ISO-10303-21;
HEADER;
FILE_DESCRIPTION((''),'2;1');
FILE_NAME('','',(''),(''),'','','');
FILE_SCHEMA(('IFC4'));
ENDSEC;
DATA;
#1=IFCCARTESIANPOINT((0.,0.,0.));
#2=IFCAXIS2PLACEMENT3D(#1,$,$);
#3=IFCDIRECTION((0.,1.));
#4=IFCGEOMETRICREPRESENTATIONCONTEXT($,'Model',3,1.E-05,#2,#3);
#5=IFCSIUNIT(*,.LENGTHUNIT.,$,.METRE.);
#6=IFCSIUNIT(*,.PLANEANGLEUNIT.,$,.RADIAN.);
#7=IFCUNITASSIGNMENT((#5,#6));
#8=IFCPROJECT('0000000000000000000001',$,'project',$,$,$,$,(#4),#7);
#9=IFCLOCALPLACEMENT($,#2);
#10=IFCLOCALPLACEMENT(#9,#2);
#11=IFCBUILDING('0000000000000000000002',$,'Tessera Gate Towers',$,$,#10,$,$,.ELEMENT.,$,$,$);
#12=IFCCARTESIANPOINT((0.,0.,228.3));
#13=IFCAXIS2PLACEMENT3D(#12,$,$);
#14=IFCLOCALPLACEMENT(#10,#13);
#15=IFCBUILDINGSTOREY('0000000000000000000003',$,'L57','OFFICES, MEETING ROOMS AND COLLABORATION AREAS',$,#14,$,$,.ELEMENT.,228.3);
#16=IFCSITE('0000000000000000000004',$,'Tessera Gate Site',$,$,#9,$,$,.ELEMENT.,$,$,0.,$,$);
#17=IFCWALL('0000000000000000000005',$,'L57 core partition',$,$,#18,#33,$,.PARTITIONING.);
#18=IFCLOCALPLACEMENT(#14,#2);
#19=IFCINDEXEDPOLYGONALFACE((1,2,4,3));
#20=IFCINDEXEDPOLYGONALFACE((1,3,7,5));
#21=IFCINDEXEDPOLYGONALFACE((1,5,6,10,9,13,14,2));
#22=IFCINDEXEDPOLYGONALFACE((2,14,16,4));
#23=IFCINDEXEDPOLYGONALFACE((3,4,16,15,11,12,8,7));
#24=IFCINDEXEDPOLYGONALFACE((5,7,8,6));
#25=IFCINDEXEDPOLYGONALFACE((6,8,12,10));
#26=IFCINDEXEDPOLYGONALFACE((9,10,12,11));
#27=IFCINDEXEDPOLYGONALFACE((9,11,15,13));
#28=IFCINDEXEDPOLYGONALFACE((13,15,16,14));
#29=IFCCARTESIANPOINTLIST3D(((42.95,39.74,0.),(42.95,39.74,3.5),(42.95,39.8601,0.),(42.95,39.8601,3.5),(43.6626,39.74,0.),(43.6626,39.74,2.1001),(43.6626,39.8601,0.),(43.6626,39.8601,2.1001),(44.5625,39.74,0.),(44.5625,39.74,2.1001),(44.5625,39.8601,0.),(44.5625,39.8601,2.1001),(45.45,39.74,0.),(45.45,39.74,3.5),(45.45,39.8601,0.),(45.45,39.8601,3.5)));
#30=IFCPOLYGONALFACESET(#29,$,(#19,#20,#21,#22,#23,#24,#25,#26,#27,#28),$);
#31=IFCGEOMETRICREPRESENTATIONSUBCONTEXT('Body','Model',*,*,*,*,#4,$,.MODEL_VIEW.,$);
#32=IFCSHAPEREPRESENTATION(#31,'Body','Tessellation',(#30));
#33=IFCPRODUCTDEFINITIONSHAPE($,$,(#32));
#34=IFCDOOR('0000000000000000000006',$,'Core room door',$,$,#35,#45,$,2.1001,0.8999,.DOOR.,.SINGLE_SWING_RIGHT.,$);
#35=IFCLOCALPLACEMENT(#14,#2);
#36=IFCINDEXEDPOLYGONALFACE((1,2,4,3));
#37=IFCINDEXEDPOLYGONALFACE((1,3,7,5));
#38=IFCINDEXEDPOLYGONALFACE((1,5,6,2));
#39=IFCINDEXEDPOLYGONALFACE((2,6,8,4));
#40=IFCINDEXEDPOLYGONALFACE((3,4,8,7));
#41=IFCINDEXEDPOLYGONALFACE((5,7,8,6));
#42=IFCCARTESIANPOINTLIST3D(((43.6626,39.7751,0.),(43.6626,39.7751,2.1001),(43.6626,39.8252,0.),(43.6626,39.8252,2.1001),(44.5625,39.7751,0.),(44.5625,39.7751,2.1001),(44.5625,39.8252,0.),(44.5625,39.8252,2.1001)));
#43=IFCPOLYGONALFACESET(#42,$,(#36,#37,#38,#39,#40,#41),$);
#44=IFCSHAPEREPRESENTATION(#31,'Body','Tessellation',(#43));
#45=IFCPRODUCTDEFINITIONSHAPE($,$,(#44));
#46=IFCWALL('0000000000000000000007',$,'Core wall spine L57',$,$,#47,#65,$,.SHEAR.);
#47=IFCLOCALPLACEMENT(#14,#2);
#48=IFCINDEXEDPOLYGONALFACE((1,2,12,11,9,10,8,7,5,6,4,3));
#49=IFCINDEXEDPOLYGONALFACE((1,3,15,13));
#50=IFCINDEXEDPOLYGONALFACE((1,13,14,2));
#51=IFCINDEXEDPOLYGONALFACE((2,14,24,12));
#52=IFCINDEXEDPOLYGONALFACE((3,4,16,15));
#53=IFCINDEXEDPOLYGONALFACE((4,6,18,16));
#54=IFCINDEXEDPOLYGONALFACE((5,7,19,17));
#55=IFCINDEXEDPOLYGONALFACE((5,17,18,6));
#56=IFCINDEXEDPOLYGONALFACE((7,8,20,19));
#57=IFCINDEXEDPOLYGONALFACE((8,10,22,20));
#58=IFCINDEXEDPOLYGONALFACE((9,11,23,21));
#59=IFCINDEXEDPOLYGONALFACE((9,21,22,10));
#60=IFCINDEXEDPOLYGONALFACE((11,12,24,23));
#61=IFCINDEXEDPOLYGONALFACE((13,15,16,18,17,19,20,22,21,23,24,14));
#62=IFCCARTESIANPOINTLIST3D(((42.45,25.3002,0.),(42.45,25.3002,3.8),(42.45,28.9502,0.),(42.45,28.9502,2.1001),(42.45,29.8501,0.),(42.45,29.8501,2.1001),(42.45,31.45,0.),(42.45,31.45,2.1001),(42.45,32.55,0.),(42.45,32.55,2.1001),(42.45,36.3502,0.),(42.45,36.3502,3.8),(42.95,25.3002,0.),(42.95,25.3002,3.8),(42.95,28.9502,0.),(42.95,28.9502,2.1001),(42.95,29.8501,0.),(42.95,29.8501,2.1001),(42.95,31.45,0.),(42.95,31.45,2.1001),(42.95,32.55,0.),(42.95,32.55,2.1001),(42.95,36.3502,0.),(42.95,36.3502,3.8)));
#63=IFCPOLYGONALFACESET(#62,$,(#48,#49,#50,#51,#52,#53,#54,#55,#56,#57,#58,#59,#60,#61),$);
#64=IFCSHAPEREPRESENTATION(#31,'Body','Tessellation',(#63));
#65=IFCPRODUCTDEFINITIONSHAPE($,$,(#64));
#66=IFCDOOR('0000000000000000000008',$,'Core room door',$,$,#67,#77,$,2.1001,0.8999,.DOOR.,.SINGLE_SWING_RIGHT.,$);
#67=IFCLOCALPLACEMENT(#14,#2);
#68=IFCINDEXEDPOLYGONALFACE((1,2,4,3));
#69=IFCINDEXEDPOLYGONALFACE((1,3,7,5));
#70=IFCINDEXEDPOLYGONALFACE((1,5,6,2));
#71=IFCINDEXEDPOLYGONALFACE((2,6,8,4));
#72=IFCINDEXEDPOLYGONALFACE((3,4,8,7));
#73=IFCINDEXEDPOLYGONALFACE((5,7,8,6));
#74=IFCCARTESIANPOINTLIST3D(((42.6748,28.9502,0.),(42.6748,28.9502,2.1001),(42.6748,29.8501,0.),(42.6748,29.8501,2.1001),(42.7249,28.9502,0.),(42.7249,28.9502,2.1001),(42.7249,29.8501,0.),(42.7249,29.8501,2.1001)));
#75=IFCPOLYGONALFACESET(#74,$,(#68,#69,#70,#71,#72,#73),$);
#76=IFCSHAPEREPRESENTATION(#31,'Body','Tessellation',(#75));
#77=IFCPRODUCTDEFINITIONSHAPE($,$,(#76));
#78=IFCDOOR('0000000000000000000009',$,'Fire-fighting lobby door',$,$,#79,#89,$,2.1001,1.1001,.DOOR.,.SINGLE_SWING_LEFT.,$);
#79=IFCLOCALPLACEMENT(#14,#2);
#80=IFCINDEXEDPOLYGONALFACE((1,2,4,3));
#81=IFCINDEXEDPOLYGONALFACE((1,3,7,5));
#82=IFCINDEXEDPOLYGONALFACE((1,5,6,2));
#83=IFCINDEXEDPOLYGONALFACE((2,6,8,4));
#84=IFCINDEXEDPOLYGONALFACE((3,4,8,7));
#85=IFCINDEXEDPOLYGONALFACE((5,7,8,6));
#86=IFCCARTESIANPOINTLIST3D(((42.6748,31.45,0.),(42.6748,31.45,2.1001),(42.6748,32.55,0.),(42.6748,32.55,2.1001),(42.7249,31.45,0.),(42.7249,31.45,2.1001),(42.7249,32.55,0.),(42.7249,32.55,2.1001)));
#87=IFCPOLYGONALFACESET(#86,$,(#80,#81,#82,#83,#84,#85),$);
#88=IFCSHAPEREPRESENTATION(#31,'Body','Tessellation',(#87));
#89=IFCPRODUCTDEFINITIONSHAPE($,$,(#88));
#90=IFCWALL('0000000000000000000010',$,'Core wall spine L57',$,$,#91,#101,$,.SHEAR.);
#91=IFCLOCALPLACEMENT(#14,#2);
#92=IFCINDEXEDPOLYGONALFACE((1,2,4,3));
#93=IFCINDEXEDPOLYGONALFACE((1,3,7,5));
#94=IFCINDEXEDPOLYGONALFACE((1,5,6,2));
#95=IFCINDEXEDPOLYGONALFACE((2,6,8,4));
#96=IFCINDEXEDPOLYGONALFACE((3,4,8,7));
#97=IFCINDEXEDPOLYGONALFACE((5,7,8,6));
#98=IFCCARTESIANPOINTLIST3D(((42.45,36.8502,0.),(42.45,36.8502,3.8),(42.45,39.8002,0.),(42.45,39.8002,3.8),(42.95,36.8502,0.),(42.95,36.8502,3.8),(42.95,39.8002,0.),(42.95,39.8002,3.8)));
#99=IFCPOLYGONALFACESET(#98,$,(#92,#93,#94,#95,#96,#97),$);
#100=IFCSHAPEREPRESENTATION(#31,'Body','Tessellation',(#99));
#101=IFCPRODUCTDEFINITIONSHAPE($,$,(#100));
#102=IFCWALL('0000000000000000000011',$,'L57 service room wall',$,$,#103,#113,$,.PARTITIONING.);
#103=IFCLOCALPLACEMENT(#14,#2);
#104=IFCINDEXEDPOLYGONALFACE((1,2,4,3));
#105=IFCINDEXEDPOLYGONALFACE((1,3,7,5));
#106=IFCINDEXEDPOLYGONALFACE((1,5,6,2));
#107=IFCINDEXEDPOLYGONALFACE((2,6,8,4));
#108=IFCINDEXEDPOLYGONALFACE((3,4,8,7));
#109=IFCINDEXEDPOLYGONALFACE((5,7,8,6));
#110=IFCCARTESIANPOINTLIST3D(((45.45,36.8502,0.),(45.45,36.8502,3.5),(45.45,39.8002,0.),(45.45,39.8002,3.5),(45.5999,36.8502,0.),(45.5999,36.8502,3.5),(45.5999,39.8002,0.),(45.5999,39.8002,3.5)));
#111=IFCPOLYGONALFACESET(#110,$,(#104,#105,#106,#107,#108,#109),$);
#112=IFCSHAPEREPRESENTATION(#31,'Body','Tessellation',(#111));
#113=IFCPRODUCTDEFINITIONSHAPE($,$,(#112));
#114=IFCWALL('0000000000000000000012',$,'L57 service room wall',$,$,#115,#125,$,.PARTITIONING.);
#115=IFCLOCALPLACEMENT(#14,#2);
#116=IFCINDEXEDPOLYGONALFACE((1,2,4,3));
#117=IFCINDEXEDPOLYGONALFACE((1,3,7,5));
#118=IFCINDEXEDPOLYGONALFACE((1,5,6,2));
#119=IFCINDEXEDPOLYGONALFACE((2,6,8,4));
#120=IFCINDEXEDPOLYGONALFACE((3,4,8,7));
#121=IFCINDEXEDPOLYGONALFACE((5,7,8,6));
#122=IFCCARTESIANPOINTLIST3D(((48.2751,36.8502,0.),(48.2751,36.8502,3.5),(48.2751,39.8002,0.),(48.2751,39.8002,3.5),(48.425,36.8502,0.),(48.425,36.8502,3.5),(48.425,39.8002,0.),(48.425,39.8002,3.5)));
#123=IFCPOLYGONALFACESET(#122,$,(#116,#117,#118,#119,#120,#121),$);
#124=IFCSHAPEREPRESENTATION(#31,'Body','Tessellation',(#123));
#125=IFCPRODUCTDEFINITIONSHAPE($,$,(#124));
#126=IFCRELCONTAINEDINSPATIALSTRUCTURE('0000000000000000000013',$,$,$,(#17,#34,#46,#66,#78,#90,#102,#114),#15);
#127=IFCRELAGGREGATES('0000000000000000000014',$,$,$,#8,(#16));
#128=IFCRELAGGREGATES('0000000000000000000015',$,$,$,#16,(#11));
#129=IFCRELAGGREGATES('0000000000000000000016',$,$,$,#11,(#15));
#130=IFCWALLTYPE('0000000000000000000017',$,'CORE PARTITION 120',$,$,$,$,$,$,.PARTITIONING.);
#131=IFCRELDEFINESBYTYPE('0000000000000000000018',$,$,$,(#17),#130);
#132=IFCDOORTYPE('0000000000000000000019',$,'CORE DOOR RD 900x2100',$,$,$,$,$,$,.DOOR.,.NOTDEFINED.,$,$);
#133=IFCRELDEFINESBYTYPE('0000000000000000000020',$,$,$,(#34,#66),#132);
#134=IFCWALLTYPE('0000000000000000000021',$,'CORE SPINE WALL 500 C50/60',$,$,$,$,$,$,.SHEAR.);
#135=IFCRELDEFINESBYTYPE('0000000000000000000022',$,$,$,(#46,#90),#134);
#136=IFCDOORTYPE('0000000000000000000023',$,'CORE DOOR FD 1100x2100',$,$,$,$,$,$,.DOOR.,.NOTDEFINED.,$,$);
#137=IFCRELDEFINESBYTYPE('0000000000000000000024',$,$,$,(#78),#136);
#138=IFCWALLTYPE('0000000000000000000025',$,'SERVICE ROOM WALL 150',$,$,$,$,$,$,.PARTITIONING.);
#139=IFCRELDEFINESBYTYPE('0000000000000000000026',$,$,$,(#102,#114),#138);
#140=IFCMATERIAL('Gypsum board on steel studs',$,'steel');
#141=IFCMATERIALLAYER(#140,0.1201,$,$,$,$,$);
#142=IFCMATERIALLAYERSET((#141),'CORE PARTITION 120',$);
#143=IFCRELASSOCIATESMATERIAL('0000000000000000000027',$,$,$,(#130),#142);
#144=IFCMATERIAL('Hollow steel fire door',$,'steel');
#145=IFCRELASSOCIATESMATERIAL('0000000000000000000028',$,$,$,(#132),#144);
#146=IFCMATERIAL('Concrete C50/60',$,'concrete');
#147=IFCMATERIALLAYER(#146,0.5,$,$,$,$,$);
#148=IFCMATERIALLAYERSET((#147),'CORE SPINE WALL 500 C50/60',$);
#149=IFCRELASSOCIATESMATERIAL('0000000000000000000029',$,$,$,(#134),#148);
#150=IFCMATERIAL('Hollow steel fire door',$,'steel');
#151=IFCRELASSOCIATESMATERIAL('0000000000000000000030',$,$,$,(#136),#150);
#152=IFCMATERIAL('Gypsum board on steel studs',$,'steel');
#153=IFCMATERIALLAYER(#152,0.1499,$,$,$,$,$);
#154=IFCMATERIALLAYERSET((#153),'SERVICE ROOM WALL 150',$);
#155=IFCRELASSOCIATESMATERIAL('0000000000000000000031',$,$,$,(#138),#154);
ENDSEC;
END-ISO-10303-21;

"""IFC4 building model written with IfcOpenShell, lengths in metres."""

from ifc_helpers import new_model, si_unit, direction, frame, frame_2d, origin, place, context, subcontext, project, spatial, rectangle, extrude, source, transform, mapped, material, layer, layer_set, type_object, element, fill, save


model = new_model("IFC4")

# Units and contexts
model_context = context("Model", 3, precision=1e-05, world=origin(), true_north=direction((0.0, 1.0)))
body_context = subcontext(model_context, "Body", "Model", "MODEL_VIEW")
ifc_project = project(units=[si_unit("LENGTHUNIT", "METRE"), si_unit("PLANEANGLEUNIT", "RADIAN")], contexts=[model_context])

# Site, building, storey
site_placement = place(None, origin())
site = spatial("IfcSite", under=ifc_project, at=site_placement, Name="Tessera Gate Site", CompositionType="ELEMENT", RefElevation=0.0)
building_placement = place(site_placement, origin())
building = spatial("IfcBuilding", under=site, at=building_placement, Name="Tessera Gate Towers", CompositionType="ELEMENT")
storey_placement = place(building_placement, frame((0.0, 0.0, 228.3)))
storey = spatial("IfcBuildingStorey", under=building, at=storey_placement, Name="L57", Description="OFFICES, MEETING ROOMS AND COLLABORATION AREAS", CompositionType="ELEMENT", Elevation=228.3)

# Shared definitions
shared_shape_1 = source(origin(), body_context, "Body", "SweptSolid", [
    extrude(rectangle(XDim=1.1001, YDim=2.1001, at=frame_2d((0.55, 1.05))), frame((0.0, 0.0249, 0.0), z_axis=(0.0, -1.0, 0.0), x_axis=(1.0, 0.0, 0.0)), (0.0, 0.0, 1.0), 0.05),
])

# Shared definitions
ifc_material_1 = material(Name="Gypsum board on steel studs", Category="steel")
ifc_layer_1 = layer(ifc_material_1, 0.1201)
ifc_layer_set_1 = layer_set([ifc_layer_1], Name="CORE PARTITION 120")
wall_type_1 = type_object("IfcWallType", Name="CORE PARTITION 120", PredefinedType="PARTITIONING", material=ifc_layer_set_1)
shared_shape_2 = source(origin(), body_context, "Body", "SweptSolid", [
    extrude(rectangle(XDim=0.8999, YDim=2.1001, at=frame_2d((0.45, 1.05))), frame((0.0, 0.0701, 0.0), z_axis=(0.0, -1.0, 0.0), x_axis=(1.0, 0.0, 0.0)), (0.0, 0.0, 1.0), 0.1401),
])
ifc_material_2 = material(Name="Hollow steel fire door", Category="steel")
door_type_1 = type_object("IfcDoorType", Name="CORE DOOR RD 900x2100", OperationType="NOTDEFINED", PredefinedType="DOOR", material=ifc_material_2)
shared_shape_3 = source(origin(), body_context, "Body", "SweptSolid", [
    extrude(rectangle(XDim=0.8999, YDim=2.1001, at=frame_2d((0.45, 1.05))), frame((0.0, 0.0249, 0.0), z_axis=(0.0, -1.0, 0.0), x_axis=(1.0, 0.0, 0.0)), (0.0, 0.0, 1.0), 0.05),
])

# Wall, opening, door
wall_1_placement = place(storey_placement, frame((45.45, 39.8, 0.0), z_axis=(0.0, 0.0, 1.0), x_axis=(-1.0, 0.0, 0.0)))
wall_1 = element("IfcWall", 1, at=wall_1_placement, inside=storey, type_object=wall_type_1, Name="L57 core partition", PredefinedType="PARTITIONING", context=body_context, shape_type="SweptSolid", body=[
    extrude(rectangle(XDim=2.5, YDim=0.1201, at=frame_2d((1.25, 0.0))), origin(), (0.0, 0.0, 1.0), 3.5),
])
opening_1_placement = place(wall_1_placement, frame((0.8875, 0.0, 0.0)))
opening_1 = element("IfcOpeningElement", 2, at=opening_1_placement, cuts=wall_1, PredefinedType="OPENING", context=body_context, shape_type="MappedRepresentation", body=[
    mapped(shared_shape_2, transform((0.0, 0.0, 0.0), scale=1.0)),
])
door_1_placement = place(opening_1_placement, origin())
door_1 = element("IfcDoor", 3, at=door_1_placement, inside=storey, type_object=door_type_1, Name="Core room door", OperationType="SINGLE_SWING_RIGHT", OverallHeight=2.1001, OverallWidth=0.8999, PredefinedType="DOOR", context=body_context, shape_type="MappedRepresentation", body=[
    mapped(shared_shape_3, transform((0.0, 0.0, 0.0), scale=1.0)),
])
fill(opening_1, door_1)

# Wall, openings, doors
ifc_material_3 = material(Name="Concrete C50/60", Category="concrete")
ifc_layer_2 = layer(ifc_material_3, 0.5)
ifc_layer_set_2 = layer_set([ifc_layer_2], Name="CORE SPINE WALL 500 C50/60")
wall_type_2 = type_object("IfcWallType", Name="CORE SPINE WALL 500 C50/60", PredefinedType="SHEAR", material=ifc_layer_set_2)
wall_2_placement = place(storey_placement, frame((42.7, 36.3501, 0.0), z_axis=(0.0, 0.0, 1.0), x_axis=(0.0, -1.0, 0.0)))
wall_2 = element("IfcWall", 4, at=wall_2_placement, inside=storey, type_object=wall_type_2, Name="Core wall spine L57", PredefinedType="SHEAR", context=body_context, shape_type="SweptSolid", body=[
    extrude(rectangle(XDim=11.05, YDim=0.5, at=frame_2d((5.5249, 0.0))), origin(), (0.0, 0.0, 1.0), 3.8),
])
shared_shape_4 = source(origin(), body_context, "Body", "SweptSolid", [
    extrude(rectangle(XDim=0.8999, YDim=2.1001, at=frame_2d((0.45, 1.05))), frame((0.0, 0.26, 0.0), z_axis=(0.0, -1.0, 0.0), x_axis=(1.0, 0.0, 0.0)), (0.0, 0.0, 1.0), 0.52),
])
opening_2_placement = place(wall_2_placement, frame((6.5, 0.0, 0.0)))
opening_2 = element("IfcOpeningElement", 5, at=opening_2_placement, cuts=wall_2, PredefinedType="OPENING", context=body_context, shape_type="MappedRepresentation", body=[
    mapped(shared_shape_4, transform((0.0, 0.0, 0.0), scale=1.0)),
])
shared_shape_5 = source(origin(), body_context, "Body", "SweptSolid", [
    extrude(rectangle(XDim=1.1001, YDim=2.1001, at=frame_2d((0.55, 1.05))), frame((0.0, 0.26, 0.0), z_axis=(0.0, -1.0, 0.0), x_axis=(1.0, 0.0, 0.0)), (0.0, 0.0, 1.0), 0.52),
])
opening_3_placement = place(wall_2_placement, frame((3.8, 0.0, 0.0)))
opening_3 = element("IfcOpeningElement", 6, at=opening_3_placement, cuts=wall_2, PredefinedType="OPENING", context=body_context, shape_type="MappedRepresentation", body=[
    mapped(shared_shape_5, transform((0.0, 0.0, 0.0), scale=1.0)),
])
door_2_placement = place(opening_2_placement, origin())
door_2 = element("IfcDoor", 7, at=door_2_placement, inside=storey, type_object=door_type_1, Name="Core room door", OperationType="SINGLE_SWING_RIGHT", OverallHeight=2.1001, OverallWidth=0.8999, PredefinedType="DOOR", context=body_context, shape_type="MappedRepresentation", body=[
    mapped(shared_shape_3, transform((0.0, 0.0, 0.0), scale=1.0)),
])
fill(opening_2, door_2)
ifc_material_4 = material(Name="Hollow steel fire door", Category="steel")
door_type_2 = type_object("IfcDoorType", Name="CORE DOOR FD 1100x2100", OperationType="NOTDEFINED", PredefinedType="DOOR", material=ifc_material_4)
door_3_placement = place(opening_3_placement, origin())
door_3 = element("IfcDoor", 8, at=door_3_placement, inside=storey, type_object=door_type_2, Name="Fire-fighting lobby door", OperationType="SINGLE_SWING_LEFT", OverallHeight=2.1001, OverallWidth=1.1001, PredefinedType="DOOR", context=body_context, shape_type="MappedRepresentation", body=[
    mapped(shared_shape_1, transform((0.0, 0.0, 0.0), scale=1.0)),
])
fill(opening_3, door_3)

# Walls
wall_3_placement = place(storey_placement, frame((42.7, 36.8501, 0.0), z_axis=(0.0, 0.0, 1.0), x_axis=(0.0, 1.0, 0.0)))
element("IfcWall", 9, at=wall_3_placement, inside=storey, type_object=wall_type_2, Name="Core wall spine L57", PredefinedType="SHEAR", context=body_context, shape_type="SweptSolid", body=[
    extrude(rectangle(XDim=2.95, YDim=0.5, at=frame_2d((1.4751, 0.0))), origin(), (0.0, 0.0, 1.0), 3.8),
])
ifc_material_5 = material(Name="Gypsum board on steel studs", Category="steel")
ifc_layer_3 = layer(ifc_material_5, 0.1499)
ifc_layer_set_3 = layer_set([ifc_layer_3], Name="SERVICE ROOM WALL 150")
wall_type_3 = type_object("IfcWallType", Name="SERVICE ROOM WALL 150", PredefinedType="PARTITIONING", material=ifc_layer_set_3)
for number, where, z_axis, x_axis, name in (
    (10, (45.5249, 36.8501, 0.0), (0.0, 0.0, 1.0), (0.0, 1.0, 0.0), "L57 service room wall"),
    (11, (48.3501, 36.8501, 0.0), (0.0, 0.0, 1.0), (0.0, 1.0, 0.0), "L57 service room wall"),
):
    element("IfcWall", number, at=place(storey_placement, frame(where, z_axis=z_axis, x_axis=x_axis)), inside=storey, type_object=wall_type_3, Name=name, PredefinedType="PARTITIONING", context=body_context, shape_type="SweptSolid", body=[
        extrude(rectangle(XDim=2.95, YDim=0.1499, at=frame_2d((1.4751, 0.0))), origin(), (0.0, 0.0, 1.0), 3.5),
    ])

save(model, "model.ifc")
